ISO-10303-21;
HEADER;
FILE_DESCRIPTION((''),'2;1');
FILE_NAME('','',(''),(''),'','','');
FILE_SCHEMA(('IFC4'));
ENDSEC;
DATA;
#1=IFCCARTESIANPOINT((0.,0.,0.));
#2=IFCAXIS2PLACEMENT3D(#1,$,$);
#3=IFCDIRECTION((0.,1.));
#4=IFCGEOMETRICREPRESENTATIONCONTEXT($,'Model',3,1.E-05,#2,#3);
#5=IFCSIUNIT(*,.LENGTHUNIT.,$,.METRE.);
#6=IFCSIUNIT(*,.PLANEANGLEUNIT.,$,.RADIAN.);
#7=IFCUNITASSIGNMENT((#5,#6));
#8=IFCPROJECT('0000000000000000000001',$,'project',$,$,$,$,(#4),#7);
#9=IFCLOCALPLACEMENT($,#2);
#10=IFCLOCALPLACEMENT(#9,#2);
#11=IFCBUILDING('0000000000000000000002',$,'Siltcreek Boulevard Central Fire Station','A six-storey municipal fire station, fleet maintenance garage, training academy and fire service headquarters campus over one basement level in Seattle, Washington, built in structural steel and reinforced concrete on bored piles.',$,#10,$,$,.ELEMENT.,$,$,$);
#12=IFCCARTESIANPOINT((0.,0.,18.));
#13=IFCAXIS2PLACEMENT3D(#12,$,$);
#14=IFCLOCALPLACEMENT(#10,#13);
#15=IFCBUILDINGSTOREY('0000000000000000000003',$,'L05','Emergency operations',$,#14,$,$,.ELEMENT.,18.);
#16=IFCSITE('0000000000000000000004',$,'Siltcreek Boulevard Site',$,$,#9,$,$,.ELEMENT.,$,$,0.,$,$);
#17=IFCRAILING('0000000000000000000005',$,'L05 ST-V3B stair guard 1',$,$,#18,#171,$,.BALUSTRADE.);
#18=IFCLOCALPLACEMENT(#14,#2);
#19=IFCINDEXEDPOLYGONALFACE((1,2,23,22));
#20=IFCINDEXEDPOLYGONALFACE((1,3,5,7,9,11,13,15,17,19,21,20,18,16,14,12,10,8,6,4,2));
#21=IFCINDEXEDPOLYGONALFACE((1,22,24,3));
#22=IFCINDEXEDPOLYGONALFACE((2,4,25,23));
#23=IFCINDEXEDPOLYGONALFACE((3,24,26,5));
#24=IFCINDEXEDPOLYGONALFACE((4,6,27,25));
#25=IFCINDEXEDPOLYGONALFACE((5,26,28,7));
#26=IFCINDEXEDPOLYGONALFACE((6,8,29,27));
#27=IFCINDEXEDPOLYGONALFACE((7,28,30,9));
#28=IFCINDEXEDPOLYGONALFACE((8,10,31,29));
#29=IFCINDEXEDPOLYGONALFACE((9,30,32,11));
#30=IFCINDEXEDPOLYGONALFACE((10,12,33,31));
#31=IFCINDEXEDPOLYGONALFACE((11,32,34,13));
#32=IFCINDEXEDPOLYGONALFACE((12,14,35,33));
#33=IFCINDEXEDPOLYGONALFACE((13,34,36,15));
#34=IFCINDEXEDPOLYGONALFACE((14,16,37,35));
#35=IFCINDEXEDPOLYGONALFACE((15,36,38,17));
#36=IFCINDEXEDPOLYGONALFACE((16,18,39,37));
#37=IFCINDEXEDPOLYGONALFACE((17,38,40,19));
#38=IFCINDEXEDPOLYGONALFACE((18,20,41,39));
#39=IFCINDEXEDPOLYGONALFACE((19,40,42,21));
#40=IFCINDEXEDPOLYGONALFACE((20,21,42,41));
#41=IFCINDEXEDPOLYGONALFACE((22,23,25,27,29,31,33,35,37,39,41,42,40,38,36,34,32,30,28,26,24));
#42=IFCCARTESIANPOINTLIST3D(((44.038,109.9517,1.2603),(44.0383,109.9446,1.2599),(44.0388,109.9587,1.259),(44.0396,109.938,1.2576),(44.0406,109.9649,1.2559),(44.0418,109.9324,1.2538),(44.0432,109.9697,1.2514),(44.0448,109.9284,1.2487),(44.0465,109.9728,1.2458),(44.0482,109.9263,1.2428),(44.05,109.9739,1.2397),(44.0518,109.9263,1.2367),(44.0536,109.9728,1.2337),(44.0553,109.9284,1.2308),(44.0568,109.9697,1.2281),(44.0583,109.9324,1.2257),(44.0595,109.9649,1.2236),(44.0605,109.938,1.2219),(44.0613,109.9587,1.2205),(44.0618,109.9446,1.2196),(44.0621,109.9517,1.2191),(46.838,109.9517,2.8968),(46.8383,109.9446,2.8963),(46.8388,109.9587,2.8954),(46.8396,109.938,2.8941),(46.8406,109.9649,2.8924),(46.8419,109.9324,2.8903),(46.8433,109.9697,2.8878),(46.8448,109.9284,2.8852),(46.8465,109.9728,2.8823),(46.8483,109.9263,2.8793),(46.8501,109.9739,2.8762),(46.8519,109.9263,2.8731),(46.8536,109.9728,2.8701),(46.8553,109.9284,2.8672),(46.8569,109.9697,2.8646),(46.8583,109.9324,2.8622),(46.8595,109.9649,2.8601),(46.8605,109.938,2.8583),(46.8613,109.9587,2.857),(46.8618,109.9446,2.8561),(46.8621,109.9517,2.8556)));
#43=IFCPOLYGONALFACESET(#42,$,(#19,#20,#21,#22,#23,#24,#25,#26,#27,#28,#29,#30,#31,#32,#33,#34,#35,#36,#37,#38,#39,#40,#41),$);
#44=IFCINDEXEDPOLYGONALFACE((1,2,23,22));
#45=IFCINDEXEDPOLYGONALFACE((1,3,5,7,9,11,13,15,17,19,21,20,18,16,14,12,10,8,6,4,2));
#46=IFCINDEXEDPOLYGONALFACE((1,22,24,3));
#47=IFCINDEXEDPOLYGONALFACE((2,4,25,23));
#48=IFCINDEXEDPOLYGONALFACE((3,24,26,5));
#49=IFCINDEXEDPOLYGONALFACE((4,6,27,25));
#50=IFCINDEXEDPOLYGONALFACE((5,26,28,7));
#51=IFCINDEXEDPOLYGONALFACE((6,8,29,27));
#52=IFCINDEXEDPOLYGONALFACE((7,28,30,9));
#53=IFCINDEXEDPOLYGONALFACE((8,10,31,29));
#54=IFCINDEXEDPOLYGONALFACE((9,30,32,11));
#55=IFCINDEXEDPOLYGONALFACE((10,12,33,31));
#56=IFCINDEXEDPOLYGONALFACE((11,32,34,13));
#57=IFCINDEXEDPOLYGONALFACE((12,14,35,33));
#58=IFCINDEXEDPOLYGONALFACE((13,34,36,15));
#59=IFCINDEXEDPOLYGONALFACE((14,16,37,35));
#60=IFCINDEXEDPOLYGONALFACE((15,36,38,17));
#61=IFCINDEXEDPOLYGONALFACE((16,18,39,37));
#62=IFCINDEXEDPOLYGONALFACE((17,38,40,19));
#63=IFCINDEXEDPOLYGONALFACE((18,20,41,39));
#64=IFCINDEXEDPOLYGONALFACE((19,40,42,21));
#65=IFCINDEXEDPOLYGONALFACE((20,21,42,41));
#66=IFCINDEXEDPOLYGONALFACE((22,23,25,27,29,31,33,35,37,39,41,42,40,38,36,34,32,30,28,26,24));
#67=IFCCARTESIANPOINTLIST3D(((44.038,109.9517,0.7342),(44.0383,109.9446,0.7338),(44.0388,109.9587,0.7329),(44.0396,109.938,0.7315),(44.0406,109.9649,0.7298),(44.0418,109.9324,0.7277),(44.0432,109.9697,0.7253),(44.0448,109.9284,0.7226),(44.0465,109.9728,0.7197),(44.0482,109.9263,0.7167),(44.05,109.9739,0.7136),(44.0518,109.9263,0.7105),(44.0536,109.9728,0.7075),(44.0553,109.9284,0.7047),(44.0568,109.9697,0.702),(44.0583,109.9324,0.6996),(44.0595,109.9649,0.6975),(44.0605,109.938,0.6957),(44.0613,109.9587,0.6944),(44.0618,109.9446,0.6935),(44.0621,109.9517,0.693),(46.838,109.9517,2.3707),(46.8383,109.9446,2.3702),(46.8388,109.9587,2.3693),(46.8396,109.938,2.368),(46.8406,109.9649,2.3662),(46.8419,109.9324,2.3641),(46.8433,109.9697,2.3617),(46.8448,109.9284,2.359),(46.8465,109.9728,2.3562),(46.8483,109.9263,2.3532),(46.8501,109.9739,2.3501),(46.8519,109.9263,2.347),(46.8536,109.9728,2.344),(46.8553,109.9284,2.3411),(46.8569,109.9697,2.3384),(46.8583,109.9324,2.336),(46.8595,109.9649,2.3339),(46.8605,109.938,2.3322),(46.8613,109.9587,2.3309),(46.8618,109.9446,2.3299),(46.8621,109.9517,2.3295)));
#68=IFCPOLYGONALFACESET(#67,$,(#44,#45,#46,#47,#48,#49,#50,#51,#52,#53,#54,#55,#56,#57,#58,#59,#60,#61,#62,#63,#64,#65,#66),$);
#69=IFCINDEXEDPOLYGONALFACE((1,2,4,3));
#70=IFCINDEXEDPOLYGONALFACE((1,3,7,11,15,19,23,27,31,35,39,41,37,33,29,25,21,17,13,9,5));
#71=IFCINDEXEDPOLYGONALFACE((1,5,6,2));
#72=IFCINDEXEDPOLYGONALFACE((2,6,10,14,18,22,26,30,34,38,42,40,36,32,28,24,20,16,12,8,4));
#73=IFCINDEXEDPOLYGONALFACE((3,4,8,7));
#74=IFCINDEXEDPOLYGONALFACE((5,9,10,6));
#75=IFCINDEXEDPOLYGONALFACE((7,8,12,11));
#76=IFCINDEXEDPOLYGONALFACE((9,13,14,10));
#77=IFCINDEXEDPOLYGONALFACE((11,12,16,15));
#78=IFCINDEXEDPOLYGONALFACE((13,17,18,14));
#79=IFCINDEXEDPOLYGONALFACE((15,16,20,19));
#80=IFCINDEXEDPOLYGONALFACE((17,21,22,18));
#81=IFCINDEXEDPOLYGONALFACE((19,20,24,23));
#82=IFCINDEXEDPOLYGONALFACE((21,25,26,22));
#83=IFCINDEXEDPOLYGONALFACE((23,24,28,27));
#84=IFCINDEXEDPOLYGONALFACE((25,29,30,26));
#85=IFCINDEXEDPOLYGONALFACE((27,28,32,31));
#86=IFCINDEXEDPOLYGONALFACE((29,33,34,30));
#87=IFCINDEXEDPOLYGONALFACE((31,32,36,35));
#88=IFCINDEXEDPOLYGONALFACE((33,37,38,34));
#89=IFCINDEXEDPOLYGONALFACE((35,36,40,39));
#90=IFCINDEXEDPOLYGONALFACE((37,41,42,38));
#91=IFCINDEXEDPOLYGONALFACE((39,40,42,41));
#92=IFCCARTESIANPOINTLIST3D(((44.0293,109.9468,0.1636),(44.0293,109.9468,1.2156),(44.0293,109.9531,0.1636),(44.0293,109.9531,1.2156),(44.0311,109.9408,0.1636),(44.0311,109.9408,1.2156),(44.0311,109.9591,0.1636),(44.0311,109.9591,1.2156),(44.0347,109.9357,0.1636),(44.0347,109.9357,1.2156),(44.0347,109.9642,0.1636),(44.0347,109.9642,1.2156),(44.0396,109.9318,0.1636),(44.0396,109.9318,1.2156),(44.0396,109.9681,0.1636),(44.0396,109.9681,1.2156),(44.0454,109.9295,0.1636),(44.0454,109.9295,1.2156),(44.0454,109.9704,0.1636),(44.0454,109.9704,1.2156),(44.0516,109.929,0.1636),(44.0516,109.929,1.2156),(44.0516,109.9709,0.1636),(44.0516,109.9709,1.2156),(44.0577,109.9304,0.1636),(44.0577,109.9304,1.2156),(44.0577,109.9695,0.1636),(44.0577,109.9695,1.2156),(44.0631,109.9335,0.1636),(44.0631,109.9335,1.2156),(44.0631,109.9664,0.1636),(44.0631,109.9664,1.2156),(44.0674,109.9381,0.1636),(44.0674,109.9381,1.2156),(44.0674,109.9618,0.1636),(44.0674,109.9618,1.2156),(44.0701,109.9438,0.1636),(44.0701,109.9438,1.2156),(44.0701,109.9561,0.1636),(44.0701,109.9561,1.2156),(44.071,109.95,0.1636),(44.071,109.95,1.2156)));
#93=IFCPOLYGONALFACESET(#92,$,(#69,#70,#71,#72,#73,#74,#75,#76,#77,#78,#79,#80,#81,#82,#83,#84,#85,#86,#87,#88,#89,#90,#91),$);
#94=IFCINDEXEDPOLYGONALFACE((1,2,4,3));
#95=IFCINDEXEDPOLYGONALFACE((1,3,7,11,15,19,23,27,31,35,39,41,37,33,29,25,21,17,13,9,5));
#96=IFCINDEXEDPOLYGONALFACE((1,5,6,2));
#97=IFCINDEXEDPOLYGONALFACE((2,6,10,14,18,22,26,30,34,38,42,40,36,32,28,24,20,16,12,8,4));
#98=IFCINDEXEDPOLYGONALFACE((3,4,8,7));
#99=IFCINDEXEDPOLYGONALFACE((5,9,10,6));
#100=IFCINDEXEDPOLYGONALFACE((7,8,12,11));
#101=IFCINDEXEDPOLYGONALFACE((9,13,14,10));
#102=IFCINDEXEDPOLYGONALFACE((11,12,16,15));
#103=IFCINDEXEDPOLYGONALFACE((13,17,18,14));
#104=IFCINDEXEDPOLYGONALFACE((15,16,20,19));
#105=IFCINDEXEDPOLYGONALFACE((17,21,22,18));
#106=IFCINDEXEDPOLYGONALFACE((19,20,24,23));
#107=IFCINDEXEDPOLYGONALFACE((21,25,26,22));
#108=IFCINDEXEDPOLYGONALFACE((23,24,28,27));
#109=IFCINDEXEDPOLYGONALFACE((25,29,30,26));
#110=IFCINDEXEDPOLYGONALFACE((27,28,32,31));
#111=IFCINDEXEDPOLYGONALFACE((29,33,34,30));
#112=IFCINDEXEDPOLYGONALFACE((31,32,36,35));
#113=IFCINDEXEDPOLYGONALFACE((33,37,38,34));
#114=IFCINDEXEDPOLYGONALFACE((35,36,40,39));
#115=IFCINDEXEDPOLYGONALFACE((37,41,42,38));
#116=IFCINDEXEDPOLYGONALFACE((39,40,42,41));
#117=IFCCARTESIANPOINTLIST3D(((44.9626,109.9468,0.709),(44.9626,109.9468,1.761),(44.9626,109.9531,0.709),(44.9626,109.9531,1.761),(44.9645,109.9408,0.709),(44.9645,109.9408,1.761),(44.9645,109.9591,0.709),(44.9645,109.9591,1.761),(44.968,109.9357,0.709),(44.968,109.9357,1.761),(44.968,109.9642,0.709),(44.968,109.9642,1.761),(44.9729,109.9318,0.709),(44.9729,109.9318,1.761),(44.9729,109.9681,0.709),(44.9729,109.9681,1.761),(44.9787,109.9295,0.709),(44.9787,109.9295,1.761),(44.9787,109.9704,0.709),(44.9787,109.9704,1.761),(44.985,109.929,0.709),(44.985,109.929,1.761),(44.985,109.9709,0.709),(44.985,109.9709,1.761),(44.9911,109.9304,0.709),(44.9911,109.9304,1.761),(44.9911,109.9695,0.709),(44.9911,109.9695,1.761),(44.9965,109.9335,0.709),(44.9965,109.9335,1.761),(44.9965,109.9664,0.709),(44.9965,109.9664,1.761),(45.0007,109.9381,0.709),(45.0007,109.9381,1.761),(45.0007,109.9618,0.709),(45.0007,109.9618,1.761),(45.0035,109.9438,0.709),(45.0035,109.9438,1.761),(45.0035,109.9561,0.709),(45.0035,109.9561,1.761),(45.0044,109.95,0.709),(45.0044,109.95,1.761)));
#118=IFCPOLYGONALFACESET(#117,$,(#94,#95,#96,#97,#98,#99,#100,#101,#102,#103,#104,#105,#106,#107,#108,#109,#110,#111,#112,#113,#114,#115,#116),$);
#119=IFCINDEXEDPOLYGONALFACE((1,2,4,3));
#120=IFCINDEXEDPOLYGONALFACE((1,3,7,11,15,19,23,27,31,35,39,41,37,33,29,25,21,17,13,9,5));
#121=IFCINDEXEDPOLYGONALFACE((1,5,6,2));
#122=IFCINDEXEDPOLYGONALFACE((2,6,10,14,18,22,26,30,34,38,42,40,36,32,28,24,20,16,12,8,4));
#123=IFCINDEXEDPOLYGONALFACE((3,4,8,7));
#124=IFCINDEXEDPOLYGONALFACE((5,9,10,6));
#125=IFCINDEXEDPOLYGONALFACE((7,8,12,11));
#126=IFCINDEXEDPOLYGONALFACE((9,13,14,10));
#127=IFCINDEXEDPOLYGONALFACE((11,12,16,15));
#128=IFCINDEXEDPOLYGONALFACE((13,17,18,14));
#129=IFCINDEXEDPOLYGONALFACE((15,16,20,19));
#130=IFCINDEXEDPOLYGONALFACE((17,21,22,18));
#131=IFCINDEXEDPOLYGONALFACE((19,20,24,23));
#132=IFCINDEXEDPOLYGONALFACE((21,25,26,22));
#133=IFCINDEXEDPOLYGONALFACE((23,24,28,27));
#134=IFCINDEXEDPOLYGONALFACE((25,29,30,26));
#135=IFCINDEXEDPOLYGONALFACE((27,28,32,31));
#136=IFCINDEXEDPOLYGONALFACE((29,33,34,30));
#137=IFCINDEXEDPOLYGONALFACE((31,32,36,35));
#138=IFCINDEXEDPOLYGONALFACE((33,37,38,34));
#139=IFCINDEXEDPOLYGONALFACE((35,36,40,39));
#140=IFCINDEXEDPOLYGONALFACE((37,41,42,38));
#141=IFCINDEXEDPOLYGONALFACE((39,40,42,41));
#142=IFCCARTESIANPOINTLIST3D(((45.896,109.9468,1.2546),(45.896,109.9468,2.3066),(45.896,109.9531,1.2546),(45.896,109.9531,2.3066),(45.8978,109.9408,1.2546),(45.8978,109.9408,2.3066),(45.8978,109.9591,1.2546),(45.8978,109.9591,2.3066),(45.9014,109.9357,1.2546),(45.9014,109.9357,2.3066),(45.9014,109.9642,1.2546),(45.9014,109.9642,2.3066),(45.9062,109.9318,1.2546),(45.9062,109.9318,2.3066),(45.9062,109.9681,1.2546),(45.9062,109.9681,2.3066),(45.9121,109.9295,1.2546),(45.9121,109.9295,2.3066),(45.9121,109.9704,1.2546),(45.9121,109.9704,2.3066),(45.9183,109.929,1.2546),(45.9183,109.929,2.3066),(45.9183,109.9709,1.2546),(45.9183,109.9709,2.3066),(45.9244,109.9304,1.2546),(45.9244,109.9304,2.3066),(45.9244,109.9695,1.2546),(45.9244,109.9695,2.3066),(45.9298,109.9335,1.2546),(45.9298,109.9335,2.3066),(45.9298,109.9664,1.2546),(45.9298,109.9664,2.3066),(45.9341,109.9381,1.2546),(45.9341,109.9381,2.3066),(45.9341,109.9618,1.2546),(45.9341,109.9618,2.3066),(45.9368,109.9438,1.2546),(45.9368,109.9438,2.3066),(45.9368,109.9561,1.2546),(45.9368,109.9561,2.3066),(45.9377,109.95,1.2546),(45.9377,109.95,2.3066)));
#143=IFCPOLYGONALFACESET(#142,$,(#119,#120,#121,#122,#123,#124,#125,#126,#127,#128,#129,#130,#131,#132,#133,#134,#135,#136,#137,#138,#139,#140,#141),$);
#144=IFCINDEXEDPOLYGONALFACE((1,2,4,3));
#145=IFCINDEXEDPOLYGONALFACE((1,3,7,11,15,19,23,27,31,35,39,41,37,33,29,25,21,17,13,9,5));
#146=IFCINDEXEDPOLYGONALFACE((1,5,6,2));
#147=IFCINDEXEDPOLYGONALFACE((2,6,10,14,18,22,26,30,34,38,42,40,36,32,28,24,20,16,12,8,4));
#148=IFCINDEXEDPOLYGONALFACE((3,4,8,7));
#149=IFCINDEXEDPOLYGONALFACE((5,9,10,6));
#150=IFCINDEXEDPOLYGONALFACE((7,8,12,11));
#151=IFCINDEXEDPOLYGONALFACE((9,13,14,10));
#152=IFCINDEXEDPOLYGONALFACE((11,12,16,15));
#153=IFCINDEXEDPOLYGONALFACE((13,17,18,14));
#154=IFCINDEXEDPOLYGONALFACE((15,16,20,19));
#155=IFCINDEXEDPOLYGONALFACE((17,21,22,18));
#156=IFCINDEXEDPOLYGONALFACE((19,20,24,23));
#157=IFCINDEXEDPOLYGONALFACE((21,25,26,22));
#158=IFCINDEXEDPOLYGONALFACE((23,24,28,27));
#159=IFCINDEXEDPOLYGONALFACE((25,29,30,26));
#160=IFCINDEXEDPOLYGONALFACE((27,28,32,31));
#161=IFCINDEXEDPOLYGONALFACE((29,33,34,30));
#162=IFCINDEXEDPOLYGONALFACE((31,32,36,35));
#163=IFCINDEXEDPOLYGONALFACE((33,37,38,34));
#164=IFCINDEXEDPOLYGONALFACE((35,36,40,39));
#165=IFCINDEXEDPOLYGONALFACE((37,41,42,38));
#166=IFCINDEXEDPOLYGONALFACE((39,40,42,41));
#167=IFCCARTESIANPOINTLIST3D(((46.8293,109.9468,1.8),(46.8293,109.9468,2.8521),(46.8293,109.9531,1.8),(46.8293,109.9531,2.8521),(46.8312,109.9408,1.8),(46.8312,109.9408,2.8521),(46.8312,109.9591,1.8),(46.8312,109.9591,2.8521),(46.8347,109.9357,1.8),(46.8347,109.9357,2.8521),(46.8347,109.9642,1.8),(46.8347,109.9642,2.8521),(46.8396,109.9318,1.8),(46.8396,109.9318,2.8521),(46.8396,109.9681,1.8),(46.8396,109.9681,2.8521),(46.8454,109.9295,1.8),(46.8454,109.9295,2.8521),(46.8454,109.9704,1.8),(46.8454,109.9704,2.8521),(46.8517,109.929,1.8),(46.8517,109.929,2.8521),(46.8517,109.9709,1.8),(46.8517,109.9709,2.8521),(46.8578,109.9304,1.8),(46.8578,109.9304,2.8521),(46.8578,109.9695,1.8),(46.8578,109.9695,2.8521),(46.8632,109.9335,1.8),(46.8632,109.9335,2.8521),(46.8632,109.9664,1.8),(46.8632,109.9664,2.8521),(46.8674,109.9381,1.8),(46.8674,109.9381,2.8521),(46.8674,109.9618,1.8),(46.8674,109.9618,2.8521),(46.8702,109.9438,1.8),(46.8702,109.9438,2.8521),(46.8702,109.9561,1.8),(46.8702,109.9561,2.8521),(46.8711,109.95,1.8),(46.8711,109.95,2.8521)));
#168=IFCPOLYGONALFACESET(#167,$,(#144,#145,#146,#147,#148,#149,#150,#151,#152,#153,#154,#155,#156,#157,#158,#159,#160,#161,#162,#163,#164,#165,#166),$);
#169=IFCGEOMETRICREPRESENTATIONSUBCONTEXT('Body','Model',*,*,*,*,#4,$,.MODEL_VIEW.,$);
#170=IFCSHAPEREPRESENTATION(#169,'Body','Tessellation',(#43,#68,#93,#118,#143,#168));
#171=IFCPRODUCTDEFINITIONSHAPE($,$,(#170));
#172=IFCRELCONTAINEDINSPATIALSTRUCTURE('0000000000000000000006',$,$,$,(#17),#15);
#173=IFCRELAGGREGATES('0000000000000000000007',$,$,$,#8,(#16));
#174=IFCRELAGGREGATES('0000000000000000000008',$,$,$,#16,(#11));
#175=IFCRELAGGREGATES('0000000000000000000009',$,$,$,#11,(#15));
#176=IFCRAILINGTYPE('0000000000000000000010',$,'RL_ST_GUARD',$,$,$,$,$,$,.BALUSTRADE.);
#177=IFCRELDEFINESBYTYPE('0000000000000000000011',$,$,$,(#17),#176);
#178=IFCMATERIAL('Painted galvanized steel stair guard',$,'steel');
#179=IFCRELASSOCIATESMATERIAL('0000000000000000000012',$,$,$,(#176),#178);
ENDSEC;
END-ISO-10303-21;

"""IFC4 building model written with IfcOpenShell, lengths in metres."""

from ifc_helpers import new_model, si_unit, direction, frame, origin, origin_2d, place, context, subcontext, project, spatial, circle, extrude, material, type_object, element, save


model = new_model("IFC4")

# Units and contexts
model_context = context("Model", 3, precision=1e-05, world=origin(), true_north=direction((0.0, 1.0)))
body_context = subcontext(model_context, "Body", "Model", "MODEL_VIEW")
ifc_project = project(units=[si_unit("LENGTHUNIT", "METRE"), si_unit("PLANEANGLEUNIT", "RADIAN")], contexts=[model_context])

# Site, building, storey
site_placement = place(None, origin())
site = spatial("IfcSite", under=ifc_project, at=site_placement, Name="Siltcreek Boulevard Site", CompositionType="ELEMENT", RefElevation=0.0)
building_placement = place(site_placement, origin())
building = spatial("IfcBuilding", under=site, at=building_placement, Name="Siltcreek Boulevard Central Fire Station", Description="A six-storey municipal fire station, fleet maintenance garage, training academy and fire service headquarters campus over one basement level in Seattle, Washington, built in structural steel and reinforced concrete on bored piles.", CompositionType="ELEMENT")
storey_placement = place(building_placement, frame((0.0, 0.0, 18.0)))
storey = spatial("IfcBuildingStorey", under=building, at=storey_placement, Name="L05", Description="Emergency operations", CompositionType="ELEMENT", Elevation=18.0)

# Railing
ifc_material_1 = material(Name="Painted galvanized steel stair guard", Category="steel")
railing_type_1 = type_object("IfcRailingType", Name="RL_ST_GUARD", PredefinedType="BALUSTRADE", material=ifc_material_1)
railing_1_placement = place(storey_placement, frame((44.05, 109.95, 0.1636)))
element("IfcRailing", 1, at=railing_1_placement, inside=storey, type_object=railing_type_1, Name="L05 ST-V3B stair guard 1", PredefinedType="BALUSTRADE", context=body_context, shape_type="SweptSolid", body=[
    extrude(circle(Radius=0.0239, at=origin_2d()), frame((0.0, 0.0, 1.0762), z_axis=(0.863361, 0.0, 0.504587), x_axis=(0.0, 1.0, 0.0)), (0.0, 0.0, 1.0), 3.2432),
    extrude(circle(Radius=0.0239, at=origin_2d()), frame((0.0, 0.0, 0.55), z_axis=(0.863361, 0.0, 0.504587), x_axis=(0.0, 1.0, 0.0)), (0.0, 0.0, 1.0), 3.2432),
    extrude(circle(Radius=0.021, at=origin_2d()), origin(), (0.0, 0.0, 1.0), 1.052),
    extrude(circle(Radius=0.021, at=origin_2d()), frame((0.9333, 0.0, 0.5454)), (0.0, 0.0, 1.0), 1.052),
    extrude(circle(Radius=0.021, at=origin_2d()), frame((1.8667, 0.0, 1.0911)), (0.0, 0.0, 1.0), 1.052),
    extrude(circle(Radius=0.021, at=origin_2d()), frame((2.8, 0.0, 1.6365)), (0.0, 0.0, 1.0), 1.052),
])

save(model, "model.ifc")
